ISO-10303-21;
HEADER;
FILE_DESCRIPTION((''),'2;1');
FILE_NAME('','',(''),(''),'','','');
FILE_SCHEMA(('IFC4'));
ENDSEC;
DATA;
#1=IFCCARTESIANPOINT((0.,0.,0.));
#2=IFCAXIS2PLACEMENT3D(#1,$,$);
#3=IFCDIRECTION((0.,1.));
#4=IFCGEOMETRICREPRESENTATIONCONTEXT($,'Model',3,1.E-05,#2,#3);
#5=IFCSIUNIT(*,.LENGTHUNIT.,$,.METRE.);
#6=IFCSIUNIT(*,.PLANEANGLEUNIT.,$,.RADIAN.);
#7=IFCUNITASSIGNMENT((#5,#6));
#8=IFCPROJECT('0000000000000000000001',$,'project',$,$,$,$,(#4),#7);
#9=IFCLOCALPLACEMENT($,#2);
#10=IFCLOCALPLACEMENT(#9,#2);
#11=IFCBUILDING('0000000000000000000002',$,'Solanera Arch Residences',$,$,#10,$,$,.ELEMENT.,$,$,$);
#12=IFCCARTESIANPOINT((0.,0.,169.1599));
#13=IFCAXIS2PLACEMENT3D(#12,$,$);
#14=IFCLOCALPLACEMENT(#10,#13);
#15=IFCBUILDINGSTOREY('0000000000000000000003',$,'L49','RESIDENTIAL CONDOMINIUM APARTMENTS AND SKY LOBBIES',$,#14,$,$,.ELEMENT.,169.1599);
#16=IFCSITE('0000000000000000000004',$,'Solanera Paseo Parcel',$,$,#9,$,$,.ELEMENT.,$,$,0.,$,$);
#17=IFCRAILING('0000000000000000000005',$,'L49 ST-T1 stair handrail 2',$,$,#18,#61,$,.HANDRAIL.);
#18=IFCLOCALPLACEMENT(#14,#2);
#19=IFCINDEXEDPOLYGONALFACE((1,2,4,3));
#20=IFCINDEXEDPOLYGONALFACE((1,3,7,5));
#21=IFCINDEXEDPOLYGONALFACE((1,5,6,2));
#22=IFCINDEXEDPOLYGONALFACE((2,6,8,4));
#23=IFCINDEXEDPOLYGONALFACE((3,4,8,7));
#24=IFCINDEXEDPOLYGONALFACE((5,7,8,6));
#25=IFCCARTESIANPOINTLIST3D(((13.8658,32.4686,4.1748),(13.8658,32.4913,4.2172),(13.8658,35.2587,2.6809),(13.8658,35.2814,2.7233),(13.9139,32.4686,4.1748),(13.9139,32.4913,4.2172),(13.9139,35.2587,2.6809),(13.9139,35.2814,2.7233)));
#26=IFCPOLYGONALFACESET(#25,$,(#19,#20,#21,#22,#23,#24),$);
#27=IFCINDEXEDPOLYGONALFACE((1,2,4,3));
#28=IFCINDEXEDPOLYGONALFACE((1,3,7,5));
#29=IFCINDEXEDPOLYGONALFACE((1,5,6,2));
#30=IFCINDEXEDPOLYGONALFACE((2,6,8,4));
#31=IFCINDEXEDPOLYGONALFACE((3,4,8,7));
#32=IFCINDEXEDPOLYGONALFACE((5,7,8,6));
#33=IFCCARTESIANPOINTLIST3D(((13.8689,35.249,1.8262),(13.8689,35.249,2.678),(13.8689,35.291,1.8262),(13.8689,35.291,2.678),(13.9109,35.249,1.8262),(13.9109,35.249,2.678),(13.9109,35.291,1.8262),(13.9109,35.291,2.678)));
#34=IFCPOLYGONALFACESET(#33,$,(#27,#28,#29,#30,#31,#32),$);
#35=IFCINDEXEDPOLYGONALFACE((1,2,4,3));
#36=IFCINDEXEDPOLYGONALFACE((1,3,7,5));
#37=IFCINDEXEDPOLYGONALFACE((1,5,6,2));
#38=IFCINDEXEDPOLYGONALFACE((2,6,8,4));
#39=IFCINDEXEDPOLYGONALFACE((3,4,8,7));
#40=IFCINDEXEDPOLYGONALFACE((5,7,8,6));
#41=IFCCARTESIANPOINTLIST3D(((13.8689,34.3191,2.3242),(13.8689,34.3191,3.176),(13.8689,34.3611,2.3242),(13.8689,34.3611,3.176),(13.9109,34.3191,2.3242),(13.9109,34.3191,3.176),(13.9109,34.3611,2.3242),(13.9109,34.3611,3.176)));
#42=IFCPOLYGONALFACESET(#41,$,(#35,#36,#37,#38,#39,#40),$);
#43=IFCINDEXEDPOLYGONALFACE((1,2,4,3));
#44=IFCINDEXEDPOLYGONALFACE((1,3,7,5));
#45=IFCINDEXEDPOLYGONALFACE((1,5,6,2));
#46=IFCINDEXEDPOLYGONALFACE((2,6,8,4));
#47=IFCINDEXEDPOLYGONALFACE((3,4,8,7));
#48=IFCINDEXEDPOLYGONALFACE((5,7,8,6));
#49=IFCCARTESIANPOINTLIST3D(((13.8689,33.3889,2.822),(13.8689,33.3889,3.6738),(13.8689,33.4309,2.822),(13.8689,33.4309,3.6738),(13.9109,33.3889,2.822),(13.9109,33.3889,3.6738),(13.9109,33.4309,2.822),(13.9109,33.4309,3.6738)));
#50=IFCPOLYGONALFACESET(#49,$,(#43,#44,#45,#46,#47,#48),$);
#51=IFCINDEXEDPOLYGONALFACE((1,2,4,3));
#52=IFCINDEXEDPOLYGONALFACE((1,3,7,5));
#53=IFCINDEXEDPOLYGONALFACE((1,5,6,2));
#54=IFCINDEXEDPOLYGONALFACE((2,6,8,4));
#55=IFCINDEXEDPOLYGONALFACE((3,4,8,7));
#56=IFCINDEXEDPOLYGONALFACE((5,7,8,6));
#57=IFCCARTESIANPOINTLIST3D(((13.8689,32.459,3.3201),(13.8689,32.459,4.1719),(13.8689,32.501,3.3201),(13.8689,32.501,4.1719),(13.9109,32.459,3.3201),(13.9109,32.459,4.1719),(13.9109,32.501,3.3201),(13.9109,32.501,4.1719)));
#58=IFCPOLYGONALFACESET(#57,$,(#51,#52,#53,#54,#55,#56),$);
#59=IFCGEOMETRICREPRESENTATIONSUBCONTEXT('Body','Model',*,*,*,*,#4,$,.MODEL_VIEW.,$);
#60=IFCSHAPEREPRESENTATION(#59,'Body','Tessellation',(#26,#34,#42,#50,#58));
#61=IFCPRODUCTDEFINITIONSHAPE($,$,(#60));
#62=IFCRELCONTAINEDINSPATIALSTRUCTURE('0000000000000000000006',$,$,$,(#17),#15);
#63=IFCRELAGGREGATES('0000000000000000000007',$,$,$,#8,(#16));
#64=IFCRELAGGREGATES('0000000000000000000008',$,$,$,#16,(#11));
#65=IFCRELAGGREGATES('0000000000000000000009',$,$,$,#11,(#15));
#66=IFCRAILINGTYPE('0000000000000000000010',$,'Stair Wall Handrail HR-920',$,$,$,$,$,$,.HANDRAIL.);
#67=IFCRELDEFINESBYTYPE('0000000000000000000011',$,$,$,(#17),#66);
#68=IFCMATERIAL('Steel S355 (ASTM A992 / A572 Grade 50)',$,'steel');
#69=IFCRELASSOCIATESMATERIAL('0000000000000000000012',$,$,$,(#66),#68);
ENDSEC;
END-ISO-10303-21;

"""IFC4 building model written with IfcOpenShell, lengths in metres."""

from ifc_helpers import new_model, si_unit, direction, frame, origin, origin_2d, place, context, subcontext, project, spatial, rectangle, extrude, material, type_object, element, save


model = new_model("IFC4")

# Units and contexts
model_context = context("Model", 3, precision=1e-05, world=origin(), true_north=direction((0.0, 1.0)))
body_context = subcontext(model_context, "Body", "Model", "MODEL_VIEW")
ifc_project = project(units=[si_unit("LENGTHUNIT", "METRE"), si_unit("PLANEANGLEUNIT", "RADIAN")], contexts=[model_context])

# Site, building, storey
site_placement = place(None, origin())
site = spatial("IfcSite", under=ifc_project, at=site_placement, Name="Solanera Paseo Parcel", CompositionType="ELEMENT", RefElevation=0.0)
building_placement = place(site_placement, origin())
building = spatial("IfcBuilding", under=site, at=building_placement, Name="Solanera Arch Residences", CompositionType="ELEMENT")
storey_placement = place(building_placement, frame((0.0, 0.0, 169.1599)))
storey = spatial("IfcBuildingStorey", under=building, at=storey_placement, Name="L49", Description="RESIDENTIAL CONDOMINIUM APARTMENTS AND SKY LOBBIES", CompositionType="ELEMENT", Elevation=169.1599)

# Railing
ifc_material_1 = material(Name="Steel S355 (ASTM A992 / A572 Grade 50)", Category="steel")
railing_type_1 = type_object("IfcRailingType", Name="Stair Wall Handrail HR-920", PredefinedType="HANDRAIL", material=ifc_material_1)
railing_1_placement = place(storey_placement, frame((13.8899, 35.27, 1.8262)))
element("IfcRailing", 1, at=railing_1_placement, inside=storey, type_object=railing_type_1, Name="L49 ST-T1 stair handrail 2", PredefinedType="HANDRAIL", context=body_context, shape_type="SweptSolid", body=[
    extrude(rectangle(XDim=0.0481, YDim=0.0481, at=origin_2d()), frame((0.0, 0.0, 0.876), z_axis=(0.0, -0.881581, 0.472033), x_axis=(1.0, 0.0, 0.0)), (0.0, 0.0, 1.0), 3.1648),
    extrude(rectangle(XDim=0.042, YDim=0.042, at=origin_2d()), origin(), (0.0, 0.0, 1.0), 0.8518),
    extrude(rectangle(XDim=0.042, YDim=0.042, at=origin_2d()), frame((0.0, -0.9299, 0.498)), (0.0, 0.0, 1.0), 0.8518),
    extrude(rectangle(XDim=0.042, YDim=0.042, at=origin_2d()), frame((0.0, -1.8601, 0.9958)), (0.0, 0.0, 1.0), 0.8518),
    extrude(rectangle(XDim=0.042, YDim=0.042, at=origin_2d()), frame((0.0, -2.79, 1.4939)), (0.0, 0.0, 1.0), 0.8518),
])

save(model, "model.ifc")
